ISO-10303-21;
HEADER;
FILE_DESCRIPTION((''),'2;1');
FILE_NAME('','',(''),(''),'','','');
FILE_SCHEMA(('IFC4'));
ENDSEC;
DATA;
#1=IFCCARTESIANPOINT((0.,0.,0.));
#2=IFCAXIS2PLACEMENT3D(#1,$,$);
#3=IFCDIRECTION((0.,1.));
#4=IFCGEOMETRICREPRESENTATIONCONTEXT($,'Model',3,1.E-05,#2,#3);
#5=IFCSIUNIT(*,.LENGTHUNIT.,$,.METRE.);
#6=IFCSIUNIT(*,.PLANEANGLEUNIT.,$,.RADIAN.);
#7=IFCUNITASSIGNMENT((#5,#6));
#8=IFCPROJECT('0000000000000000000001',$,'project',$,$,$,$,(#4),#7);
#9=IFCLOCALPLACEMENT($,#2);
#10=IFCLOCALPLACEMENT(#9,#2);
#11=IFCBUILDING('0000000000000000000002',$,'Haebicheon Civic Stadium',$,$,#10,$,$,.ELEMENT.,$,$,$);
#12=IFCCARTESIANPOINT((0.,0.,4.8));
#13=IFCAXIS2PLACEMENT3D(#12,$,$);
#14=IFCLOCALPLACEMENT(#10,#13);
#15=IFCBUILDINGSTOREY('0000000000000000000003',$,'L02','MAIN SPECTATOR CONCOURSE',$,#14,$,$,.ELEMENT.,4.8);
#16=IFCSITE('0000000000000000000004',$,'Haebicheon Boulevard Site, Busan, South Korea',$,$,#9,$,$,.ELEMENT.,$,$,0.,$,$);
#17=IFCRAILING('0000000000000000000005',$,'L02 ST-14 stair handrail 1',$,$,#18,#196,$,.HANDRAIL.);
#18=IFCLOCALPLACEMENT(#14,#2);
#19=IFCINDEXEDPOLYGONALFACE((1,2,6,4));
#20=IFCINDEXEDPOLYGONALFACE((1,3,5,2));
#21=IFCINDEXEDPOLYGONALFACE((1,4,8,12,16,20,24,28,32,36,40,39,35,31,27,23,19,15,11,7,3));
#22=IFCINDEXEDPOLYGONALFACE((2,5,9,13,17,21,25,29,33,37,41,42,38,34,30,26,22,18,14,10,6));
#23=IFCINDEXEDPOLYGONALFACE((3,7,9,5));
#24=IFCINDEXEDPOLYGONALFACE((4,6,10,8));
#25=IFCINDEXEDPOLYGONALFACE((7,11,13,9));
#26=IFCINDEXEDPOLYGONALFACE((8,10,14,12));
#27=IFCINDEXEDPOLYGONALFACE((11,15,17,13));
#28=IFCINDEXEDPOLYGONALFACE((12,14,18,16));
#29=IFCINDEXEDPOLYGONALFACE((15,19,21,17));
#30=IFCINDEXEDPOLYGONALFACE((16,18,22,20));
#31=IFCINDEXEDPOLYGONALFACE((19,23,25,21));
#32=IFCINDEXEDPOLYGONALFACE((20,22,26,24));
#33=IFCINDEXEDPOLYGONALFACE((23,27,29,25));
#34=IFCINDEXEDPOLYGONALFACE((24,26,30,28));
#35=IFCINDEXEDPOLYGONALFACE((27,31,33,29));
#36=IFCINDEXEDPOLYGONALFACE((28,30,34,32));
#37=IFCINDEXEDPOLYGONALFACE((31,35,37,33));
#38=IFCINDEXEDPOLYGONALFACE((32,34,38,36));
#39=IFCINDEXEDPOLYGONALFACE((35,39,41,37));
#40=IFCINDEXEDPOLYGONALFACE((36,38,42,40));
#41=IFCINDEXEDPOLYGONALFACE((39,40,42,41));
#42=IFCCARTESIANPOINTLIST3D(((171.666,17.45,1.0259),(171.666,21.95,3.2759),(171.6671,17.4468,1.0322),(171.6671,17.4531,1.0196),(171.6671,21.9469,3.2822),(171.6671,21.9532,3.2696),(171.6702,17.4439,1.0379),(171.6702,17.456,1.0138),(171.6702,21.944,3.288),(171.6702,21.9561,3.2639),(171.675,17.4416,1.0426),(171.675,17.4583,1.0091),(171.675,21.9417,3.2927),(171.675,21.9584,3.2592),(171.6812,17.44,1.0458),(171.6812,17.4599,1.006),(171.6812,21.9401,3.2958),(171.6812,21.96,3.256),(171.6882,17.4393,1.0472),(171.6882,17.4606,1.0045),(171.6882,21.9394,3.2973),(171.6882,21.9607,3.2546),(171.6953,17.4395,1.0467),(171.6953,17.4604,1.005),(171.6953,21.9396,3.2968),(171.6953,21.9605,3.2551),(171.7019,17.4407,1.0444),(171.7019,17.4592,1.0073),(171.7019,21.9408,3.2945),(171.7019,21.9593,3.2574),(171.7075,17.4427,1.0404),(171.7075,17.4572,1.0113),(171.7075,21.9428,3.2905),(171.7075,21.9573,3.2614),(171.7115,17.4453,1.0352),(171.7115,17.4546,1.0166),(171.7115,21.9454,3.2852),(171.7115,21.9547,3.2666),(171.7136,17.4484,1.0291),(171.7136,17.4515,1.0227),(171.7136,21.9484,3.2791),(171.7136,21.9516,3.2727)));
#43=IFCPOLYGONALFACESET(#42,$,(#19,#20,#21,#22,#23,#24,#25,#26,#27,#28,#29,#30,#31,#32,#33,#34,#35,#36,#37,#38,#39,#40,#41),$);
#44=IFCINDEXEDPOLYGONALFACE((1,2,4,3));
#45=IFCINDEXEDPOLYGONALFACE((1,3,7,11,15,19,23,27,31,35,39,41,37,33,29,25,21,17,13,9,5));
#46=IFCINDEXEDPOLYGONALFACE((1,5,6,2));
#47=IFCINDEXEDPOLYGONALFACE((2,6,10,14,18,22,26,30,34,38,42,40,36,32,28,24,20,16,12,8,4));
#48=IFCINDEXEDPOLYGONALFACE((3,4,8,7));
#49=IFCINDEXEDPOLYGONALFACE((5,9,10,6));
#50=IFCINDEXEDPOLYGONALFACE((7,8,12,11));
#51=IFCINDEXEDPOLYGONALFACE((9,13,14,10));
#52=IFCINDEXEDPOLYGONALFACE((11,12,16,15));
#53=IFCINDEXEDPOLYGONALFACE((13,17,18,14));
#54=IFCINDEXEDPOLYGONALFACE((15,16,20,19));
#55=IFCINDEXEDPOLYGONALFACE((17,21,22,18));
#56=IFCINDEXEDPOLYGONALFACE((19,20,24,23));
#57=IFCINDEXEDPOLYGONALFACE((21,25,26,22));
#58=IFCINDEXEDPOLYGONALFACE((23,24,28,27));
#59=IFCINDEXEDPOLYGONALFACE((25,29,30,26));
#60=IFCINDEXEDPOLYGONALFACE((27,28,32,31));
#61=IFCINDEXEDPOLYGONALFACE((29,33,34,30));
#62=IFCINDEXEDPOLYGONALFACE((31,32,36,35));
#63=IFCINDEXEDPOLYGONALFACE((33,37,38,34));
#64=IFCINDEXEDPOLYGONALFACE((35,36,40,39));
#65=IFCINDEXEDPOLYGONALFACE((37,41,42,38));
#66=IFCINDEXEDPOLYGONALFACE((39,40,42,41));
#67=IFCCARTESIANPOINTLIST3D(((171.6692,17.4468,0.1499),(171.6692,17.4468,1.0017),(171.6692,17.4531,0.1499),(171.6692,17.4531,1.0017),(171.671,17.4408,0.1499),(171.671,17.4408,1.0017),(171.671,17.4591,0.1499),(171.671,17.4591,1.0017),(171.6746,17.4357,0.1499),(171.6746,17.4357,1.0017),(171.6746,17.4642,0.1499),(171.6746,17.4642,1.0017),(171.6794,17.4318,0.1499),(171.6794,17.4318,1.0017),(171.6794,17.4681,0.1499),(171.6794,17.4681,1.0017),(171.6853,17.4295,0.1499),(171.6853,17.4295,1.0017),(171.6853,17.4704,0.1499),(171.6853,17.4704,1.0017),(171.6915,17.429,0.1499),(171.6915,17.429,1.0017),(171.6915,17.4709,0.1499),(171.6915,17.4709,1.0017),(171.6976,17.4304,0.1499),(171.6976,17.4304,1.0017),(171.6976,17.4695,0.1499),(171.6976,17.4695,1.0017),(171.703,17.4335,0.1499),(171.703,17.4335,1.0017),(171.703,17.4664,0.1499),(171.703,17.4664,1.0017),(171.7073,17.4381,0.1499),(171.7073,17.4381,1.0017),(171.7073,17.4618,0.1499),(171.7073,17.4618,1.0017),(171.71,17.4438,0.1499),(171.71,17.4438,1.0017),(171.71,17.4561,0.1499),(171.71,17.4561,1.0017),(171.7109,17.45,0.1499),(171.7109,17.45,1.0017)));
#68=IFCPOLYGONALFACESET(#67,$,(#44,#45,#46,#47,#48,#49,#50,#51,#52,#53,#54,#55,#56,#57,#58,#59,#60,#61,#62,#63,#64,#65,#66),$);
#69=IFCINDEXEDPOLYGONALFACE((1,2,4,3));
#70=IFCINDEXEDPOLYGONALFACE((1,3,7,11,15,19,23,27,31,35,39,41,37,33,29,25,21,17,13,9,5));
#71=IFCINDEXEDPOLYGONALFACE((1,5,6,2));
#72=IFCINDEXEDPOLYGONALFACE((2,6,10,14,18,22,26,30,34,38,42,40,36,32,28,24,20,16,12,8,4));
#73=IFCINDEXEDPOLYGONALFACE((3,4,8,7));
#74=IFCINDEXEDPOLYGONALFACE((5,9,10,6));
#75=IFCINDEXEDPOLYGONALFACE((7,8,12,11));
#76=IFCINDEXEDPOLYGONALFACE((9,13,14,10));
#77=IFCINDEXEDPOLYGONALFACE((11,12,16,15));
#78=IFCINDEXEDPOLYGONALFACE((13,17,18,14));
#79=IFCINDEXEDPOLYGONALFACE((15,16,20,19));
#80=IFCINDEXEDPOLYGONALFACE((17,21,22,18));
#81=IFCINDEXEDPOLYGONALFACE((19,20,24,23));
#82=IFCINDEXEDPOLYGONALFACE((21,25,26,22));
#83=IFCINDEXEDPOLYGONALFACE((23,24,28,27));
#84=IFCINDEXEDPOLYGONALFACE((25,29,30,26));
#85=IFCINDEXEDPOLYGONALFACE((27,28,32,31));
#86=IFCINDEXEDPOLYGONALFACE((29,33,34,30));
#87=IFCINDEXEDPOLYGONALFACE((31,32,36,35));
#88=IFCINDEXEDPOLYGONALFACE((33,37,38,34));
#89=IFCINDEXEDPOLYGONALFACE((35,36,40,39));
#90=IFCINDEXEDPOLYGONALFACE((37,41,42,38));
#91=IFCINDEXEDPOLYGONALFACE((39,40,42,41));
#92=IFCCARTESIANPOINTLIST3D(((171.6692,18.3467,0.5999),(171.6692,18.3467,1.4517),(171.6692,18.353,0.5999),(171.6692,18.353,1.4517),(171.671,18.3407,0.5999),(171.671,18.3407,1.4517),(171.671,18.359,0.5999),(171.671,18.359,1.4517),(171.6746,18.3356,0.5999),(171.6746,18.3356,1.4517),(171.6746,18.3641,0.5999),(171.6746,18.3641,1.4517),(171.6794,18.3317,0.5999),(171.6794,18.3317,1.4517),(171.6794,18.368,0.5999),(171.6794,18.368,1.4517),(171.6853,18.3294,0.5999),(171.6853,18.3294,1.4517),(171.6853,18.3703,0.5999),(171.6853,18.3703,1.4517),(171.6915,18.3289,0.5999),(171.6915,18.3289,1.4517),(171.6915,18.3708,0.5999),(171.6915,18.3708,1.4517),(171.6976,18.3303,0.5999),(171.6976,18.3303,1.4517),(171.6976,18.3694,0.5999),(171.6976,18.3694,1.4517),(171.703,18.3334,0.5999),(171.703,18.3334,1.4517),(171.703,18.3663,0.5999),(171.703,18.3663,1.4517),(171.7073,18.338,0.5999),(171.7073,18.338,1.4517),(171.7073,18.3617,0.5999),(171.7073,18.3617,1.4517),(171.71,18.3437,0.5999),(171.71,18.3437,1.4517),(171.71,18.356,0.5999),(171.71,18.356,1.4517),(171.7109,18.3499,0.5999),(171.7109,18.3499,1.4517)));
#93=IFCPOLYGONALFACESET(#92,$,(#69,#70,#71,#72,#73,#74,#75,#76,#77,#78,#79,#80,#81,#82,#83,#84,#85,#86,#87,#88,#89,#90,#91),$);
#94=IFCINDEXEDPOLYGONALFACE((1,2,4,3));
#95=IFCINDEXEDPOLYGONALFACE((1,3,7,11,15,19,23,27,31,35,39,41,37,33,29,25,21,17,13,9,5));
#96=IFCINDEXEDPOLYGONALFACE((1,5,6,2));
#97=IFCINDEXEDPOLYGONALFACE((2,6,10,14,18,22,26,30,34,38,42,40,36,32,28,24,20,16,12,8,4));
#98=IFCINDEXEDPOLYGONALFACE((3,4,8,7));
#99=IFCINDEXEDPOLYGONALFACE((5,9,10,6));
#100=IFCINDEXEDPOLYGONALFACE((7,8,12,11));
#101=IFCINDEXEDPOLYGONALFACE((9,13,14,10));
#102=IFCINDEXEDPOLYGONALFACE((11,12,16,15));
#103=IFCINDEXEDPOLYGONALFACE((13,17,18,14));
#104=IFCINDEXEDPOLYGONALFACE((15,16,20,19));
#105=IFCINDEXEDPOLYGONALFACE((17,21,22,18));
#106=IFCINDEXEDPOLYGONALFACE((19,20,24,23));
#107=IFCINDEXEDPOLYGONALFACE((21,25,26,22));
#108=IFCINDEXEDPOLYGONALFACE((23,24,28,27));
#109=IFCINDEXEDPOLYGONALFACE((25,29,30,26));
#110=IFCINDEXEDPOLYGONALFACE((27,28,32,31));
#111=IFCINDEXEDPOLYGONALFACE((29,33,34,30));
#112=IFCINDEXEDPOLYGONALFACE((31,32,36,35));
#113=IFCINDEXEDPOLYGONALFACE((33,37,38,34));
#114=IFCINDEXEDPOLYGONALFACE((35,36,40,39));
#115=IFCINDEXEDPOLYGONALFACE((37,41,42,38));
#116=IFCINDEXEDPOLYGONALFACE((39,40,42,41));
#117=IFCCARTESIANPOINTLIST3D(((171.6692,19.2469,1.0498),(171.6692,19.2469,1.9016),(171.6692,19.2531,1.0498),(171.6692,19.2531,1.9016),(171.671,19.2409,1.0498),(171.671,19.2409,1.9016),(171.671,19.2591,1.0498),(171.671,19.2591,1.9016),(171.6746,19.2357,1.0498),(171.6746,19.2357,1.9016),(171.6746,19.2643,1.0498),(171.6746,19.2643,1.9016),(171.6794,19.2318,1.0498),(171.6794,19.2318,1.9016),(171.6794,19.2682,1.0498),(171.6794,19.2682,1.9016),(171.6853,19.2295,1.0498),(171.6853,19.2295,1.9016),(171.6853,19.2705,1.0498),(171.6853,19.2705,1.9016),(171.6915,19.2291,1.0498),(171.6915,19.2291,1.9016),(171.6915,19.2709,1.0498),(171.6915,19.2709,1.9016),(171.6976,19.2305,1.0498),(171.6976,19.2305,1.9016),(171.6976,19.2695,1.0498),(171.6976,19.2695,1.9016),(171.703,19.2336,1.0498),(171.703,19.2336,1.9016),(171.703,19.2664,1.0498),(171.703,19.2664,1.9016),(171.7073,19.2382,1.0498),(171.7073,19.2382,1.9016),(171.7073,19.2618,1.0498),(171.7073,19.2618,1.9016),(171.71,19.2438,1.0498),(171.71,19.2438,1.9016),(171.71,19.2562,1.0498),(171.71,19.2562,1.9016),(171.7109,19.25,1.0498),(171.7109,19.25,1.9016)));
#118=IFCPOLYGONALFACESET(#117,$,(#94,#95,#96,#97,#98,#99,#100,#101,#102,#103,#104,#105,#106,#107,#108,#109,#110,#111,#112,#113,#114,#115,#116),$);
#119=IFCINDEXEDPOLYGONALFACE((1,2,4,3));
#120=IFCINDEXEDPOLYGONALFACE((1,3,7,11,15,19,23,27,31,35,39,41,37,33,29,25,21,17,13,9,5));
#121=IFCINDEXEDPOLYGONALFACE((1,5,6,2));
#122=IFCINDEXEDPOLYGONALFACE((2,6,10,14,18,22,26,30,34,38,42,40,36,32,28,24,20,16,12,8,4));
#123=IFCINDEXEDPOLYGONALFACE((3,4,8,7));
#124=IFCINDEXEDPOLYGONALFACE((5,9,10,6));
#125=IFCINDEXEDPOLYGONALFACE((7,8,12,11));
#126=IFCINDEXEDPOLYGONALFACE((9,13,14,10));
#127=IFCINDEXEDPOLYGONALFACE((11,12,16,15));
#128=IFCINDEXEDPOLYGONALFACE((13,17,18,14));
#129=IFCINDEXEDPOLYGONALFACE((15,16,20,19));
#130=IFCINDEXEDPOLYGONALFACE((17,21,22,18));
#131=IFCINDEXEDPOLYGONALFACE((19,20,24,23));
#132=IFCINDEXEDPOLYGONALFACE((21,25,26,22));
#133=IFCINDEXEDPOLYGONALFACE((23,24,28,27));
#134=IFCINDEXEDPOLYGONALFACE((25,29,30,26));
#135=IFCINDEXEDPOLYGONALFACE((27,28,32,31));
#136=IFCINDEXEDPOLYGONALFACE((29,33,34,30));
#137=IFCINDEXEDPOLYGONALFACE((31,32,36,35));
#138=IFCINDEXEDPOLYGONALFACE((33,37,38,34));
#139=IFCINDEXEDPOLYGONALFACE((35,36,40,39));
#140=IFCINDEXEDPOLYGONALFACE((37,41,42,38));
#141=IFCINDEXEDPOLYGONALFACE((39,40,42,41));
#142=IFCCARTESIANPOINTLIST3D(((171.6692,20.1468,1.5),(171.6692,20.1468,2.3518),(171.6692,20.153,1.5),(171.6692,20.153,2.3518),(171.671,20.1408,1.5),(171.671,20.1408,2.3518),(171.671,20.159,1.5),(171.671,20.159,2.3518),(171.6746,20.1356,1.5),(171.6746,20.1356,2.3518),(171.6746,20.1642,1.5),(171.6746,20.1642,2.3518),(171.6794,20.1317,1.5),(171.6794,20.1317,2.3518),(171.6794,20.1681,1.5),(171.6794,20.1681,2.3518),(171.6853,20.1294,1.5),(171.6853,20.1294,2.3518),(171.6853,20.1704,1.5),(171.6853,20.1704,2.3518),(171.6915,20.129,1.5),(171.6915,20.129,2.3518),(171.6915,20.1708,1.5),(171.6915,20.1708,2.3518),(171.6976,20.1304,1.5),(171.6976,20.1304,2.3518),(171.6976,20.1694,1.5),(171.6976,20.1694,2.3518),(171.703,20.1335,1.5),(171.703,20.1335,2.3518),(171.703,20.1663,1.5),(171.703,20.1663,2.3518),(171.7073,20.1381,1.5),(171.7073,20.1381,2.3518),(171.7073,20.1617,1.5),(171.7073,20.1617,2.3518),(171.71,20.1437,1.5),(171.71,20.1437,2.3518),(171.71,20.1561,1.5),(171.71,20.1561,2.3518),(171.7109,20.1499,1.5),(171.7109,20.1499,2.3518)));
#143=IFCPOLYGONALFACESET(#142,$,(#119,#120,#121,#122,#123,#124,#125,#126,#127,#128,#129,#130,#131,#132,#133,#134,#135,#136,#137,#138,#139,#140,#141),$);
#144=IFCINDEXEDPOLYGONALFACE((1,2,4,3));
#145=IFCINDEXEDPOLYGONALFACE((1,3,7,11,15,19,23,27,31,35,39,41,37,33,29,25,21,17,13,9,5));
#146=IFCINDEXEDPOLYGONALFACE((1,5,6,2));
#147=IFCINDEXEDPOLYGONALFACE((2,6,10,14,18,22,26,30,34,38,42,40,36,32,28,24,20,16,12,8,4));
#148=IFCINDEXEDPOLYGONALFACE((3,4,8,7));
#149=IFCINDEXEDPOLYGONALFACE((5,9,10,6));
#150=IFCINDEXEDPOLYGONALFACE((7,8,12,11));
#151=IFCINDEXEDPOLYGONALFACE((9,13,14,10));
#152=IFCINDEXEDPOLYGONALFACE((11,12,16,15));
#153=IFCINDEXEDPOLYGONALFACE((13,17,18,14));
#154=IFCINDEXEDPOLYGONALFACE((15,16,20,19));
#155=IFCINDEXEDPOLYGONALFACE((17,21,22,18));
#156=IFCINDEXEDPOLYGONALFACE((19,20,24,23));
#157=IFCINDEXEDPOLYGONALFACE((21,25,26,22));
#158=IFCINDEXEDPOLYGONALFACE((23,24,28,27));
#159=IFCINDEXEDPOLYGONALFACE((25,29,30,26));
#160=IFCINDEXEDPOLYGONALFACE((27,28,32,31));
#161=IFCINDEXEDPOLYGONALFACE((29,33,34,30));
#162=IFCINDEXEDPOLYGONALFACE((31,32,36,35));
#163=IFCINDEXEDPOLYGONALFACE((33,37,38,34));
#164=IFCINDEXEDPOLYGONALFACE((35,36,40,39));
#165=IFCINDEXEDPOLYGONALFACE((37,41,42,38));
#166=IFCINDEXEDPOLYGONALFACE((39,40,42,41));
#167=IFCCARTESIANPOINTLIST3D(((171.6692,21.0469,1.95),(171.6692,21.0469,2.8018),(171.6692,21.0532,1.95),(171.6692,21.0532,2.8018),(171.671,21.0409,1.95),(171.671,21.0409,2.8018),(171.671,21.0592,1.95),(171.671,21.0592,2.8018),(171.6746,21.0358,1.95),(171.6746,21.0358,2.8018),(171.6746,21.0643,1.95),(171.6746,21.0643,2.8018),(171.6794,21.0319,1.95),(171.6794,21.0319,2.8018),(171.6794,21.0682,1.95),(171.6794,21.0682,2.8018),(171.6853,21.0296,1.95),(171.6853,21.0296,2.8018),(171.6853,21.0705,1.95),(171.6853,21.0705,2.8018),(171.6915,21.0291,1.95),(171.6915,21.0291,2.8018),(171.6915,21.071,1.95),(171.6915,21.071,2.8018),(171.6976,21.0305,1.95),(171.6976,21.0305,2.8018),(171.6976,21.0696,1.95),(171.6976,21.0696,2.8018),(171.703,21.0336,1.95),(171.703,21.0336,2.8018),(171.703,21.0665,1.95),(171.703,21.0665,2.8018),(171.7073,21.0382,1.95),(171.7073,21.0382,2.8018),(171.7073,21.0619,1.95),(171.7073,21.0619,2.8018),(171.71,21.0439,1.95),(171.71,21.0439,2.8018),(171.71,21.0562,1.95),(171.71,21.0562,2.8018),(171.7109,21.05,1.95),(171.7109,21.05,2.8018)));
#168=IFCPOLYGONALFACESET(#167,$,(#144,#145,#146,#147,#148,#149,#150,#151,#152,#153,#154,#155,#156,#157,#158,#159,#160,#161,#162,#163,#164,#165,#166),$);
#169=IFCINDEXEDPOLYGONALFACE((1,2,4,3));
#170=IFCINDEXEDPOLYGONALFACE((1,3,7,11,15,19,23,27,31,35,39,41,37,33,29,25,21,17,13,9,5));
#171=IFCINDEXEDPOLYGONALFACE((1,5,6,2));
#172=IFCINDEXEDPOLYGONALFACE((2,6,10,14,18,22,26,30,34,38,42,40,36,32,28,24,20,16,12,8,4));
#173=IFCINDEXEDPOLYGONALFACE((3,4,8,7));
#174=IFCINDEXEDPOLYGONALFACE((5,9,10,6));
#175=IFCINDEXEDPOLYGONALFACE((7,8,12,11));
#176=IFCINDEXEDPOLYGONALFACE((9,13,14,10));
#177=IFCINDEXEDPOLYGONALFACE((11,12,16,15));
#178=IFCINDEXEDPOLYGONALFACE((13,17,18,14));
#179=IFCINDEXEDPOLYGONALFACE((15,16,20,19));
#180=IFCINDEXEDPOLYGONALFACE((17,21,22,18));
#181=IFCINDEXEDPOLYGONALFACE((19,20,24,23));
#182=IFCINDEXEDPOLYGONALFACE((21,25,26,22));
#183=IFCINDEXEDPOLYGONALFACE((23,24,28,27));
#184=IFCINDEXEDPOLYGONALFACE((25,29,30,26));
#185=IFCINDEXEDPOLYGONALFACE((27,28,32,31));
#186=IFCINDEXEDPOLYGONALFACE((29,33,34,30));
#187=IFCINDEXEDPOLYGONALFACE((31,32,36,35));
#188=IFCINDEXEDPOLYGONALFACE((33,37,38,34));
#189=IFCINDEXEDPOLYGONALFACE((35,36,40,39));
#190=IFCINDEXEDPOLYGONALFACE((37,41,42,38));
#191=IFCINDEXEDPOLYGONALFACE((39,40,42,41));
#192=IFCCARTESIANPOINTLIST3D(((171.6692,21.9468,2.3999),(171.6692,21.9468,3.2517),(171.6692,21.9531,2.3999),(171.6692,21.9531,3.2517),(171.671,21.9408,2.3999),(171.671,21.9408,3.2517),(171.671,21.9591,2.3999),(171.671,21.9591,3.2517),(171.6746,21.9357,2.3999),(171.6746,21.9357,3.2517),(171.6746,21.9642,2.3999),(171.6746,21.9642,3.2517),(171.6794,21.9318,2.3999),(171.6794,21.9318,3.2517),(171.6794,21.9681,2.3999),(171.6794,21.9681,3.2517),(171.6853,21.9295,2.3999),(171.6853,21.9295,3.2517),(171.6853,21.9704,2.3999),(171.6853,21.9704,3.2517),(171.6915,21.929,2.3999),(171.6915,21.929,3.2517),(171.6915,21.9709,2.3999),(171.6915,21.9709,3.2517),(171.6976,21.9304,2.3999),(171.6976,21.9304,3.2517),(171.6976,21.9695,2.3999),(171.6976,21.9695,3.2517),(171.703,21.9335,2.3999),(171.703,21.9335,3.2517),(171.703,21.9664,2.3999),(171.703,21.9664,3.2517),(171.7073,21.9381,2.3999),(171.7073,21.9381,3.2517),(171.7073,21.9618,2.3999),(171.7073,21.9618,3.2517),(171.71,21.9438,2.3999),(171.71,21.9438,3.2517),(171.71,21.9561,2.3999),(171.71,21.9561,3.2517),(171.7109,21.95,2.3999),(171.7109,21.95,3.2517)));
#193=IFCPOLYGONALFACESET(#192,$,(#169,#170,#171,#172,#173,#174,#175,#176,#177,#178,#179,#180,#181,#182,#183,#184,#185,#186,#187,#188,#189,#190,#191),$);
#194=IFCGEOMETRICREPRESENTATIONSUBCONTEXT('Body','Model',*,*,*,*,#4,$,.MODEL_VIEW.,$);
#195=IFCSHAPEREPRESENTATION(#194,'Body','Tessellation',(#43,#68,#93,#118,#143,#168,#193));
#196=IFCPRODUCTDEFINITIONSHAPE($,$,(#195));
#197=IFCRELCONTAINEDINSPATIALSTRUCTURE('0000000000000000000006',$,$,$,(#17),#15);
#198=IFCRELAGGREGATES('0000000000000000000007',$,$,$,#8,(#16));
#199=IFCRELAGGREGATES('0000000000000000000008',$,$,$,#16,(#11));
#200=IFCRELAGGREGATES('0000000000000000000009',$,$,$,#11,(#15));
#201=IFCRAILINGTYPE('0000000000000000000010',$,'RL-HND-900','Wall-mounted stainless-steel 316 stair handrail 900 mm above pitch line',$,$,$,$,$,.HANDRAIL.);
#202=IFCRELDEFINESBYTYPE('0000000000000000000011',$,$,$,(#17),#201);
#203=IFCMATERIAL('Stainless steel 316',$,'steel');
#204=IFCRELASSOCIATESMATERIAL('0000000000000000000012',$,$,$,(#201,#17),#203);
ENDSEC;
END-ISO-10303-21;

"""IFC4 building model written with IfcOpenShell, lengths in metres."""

from ifc_helpers import new_model, si_unit, direction, frame, origin, origin_2d, place, context, subcontext, project, spatial, circle, extrude, material, type_object, element, save


model = new_model("IFC4")

# Units and contexts
model_context = context("Model", 3, precision=1e-05, world=origin(), true_north=direction((0.0, 1.0)))
body_context = subcontext(model_context, "Body", "Model", "MODEL_VIEW")
ifc_project = project(units=[si_unit("LENGTHUNIT", "METRE"), si_unit("PLANEANGLEUNIT", "RADIAN")], contexts=[model_context])

# Site, building, storey
site_placement = place(None, origin())
site = spatial("IfcSite", under=ifc_project, at=site_placement, Name="Haebicheon Boulevard Site, Busan, South Korea", CompositionType="ELEMENT", RefElevation=0.0)
building_placement = place(site_placement, origin())
building = spatial("IfcBuilding", under=site, at=building_placement, Name="Haebicheon Civic Stadium", CompositionType="ELEMENT")
storey_placement = place(building_placement, frame((0.0, 0.0, 4.8)))
storey = spatial("IfcBuildingStorey", under=building, at=storey_placement, Name="L02", Description="MAIN SPECTATOR CONCOURSE", CompositionType="ELEMENT", Elevation=4.8)

# Railing
ifc_material_1 = material(Name="Stainless steel 316", Category="steel")
railing_type_1 = type_object("IfcRailingType", Name="RL-HND-900", Description="Wall-mounted stainless-steel 316 stair handrail 900 mm above pitch line", PredefinedType="HANDRAIL", material=ifc_material_1)
railing_1_placement = place(storey_placement, frame((171.6899, 17.45, 0.1499)))
element("IfcRailing", 1, at=railing_1_placement, inside=storey, type_object=railing_type_1, material=ifc_material_1, Name="L02 ST-14 stair handrail 1", PredefinedType="HANDRAIL", context=body_context, shape_type="SweptSolid", body=[
    extrude(circle(Radius=0.0239, at=origin_2d()), frame((0.0, 0.0, 0.876), z_axis=(0.0, 0.894427, 0.447214), x_axis=(-1.0, 0.0, 0.0)), (0.0, 0.0, 1.0), 5.0312),
    extrude(circle(Radius=0.021, at=origin_2d()), origin(), (0.0, 0.0, 1.0), 0.8518),
    extrude(circle(Radius=0.021, at=origin_2d()), frame((0.0, 0.8999, 0.45)), (0.0, 0.0, 1.0), 0.8518),
    extrude(circle(Radius=0.021, at=origin_2d()), frame((0.0, 1.8, 0.8999)), (0.0, 0.0, 1.0), 0.8518),
    extrude(circle(Radius=0.021, at=origin_2d()), frame((0.0, 2.7, 1.3501)), (0.0, 0.0, 1.0), 0.8518),
    extrude(circle(Radius=0.021, at=origin_2d()), frame((0.0, 3.6001, 1.8)), (0.0, 0.0, 1.0), 0.8518),
    extrude(circle(Radius=0.021, at=origin_2d()), frame((0.0, 4.5, 2.25)), (0.0, 0.0, 1.0), 0.8518),
])

save(model, "model.ifc")
